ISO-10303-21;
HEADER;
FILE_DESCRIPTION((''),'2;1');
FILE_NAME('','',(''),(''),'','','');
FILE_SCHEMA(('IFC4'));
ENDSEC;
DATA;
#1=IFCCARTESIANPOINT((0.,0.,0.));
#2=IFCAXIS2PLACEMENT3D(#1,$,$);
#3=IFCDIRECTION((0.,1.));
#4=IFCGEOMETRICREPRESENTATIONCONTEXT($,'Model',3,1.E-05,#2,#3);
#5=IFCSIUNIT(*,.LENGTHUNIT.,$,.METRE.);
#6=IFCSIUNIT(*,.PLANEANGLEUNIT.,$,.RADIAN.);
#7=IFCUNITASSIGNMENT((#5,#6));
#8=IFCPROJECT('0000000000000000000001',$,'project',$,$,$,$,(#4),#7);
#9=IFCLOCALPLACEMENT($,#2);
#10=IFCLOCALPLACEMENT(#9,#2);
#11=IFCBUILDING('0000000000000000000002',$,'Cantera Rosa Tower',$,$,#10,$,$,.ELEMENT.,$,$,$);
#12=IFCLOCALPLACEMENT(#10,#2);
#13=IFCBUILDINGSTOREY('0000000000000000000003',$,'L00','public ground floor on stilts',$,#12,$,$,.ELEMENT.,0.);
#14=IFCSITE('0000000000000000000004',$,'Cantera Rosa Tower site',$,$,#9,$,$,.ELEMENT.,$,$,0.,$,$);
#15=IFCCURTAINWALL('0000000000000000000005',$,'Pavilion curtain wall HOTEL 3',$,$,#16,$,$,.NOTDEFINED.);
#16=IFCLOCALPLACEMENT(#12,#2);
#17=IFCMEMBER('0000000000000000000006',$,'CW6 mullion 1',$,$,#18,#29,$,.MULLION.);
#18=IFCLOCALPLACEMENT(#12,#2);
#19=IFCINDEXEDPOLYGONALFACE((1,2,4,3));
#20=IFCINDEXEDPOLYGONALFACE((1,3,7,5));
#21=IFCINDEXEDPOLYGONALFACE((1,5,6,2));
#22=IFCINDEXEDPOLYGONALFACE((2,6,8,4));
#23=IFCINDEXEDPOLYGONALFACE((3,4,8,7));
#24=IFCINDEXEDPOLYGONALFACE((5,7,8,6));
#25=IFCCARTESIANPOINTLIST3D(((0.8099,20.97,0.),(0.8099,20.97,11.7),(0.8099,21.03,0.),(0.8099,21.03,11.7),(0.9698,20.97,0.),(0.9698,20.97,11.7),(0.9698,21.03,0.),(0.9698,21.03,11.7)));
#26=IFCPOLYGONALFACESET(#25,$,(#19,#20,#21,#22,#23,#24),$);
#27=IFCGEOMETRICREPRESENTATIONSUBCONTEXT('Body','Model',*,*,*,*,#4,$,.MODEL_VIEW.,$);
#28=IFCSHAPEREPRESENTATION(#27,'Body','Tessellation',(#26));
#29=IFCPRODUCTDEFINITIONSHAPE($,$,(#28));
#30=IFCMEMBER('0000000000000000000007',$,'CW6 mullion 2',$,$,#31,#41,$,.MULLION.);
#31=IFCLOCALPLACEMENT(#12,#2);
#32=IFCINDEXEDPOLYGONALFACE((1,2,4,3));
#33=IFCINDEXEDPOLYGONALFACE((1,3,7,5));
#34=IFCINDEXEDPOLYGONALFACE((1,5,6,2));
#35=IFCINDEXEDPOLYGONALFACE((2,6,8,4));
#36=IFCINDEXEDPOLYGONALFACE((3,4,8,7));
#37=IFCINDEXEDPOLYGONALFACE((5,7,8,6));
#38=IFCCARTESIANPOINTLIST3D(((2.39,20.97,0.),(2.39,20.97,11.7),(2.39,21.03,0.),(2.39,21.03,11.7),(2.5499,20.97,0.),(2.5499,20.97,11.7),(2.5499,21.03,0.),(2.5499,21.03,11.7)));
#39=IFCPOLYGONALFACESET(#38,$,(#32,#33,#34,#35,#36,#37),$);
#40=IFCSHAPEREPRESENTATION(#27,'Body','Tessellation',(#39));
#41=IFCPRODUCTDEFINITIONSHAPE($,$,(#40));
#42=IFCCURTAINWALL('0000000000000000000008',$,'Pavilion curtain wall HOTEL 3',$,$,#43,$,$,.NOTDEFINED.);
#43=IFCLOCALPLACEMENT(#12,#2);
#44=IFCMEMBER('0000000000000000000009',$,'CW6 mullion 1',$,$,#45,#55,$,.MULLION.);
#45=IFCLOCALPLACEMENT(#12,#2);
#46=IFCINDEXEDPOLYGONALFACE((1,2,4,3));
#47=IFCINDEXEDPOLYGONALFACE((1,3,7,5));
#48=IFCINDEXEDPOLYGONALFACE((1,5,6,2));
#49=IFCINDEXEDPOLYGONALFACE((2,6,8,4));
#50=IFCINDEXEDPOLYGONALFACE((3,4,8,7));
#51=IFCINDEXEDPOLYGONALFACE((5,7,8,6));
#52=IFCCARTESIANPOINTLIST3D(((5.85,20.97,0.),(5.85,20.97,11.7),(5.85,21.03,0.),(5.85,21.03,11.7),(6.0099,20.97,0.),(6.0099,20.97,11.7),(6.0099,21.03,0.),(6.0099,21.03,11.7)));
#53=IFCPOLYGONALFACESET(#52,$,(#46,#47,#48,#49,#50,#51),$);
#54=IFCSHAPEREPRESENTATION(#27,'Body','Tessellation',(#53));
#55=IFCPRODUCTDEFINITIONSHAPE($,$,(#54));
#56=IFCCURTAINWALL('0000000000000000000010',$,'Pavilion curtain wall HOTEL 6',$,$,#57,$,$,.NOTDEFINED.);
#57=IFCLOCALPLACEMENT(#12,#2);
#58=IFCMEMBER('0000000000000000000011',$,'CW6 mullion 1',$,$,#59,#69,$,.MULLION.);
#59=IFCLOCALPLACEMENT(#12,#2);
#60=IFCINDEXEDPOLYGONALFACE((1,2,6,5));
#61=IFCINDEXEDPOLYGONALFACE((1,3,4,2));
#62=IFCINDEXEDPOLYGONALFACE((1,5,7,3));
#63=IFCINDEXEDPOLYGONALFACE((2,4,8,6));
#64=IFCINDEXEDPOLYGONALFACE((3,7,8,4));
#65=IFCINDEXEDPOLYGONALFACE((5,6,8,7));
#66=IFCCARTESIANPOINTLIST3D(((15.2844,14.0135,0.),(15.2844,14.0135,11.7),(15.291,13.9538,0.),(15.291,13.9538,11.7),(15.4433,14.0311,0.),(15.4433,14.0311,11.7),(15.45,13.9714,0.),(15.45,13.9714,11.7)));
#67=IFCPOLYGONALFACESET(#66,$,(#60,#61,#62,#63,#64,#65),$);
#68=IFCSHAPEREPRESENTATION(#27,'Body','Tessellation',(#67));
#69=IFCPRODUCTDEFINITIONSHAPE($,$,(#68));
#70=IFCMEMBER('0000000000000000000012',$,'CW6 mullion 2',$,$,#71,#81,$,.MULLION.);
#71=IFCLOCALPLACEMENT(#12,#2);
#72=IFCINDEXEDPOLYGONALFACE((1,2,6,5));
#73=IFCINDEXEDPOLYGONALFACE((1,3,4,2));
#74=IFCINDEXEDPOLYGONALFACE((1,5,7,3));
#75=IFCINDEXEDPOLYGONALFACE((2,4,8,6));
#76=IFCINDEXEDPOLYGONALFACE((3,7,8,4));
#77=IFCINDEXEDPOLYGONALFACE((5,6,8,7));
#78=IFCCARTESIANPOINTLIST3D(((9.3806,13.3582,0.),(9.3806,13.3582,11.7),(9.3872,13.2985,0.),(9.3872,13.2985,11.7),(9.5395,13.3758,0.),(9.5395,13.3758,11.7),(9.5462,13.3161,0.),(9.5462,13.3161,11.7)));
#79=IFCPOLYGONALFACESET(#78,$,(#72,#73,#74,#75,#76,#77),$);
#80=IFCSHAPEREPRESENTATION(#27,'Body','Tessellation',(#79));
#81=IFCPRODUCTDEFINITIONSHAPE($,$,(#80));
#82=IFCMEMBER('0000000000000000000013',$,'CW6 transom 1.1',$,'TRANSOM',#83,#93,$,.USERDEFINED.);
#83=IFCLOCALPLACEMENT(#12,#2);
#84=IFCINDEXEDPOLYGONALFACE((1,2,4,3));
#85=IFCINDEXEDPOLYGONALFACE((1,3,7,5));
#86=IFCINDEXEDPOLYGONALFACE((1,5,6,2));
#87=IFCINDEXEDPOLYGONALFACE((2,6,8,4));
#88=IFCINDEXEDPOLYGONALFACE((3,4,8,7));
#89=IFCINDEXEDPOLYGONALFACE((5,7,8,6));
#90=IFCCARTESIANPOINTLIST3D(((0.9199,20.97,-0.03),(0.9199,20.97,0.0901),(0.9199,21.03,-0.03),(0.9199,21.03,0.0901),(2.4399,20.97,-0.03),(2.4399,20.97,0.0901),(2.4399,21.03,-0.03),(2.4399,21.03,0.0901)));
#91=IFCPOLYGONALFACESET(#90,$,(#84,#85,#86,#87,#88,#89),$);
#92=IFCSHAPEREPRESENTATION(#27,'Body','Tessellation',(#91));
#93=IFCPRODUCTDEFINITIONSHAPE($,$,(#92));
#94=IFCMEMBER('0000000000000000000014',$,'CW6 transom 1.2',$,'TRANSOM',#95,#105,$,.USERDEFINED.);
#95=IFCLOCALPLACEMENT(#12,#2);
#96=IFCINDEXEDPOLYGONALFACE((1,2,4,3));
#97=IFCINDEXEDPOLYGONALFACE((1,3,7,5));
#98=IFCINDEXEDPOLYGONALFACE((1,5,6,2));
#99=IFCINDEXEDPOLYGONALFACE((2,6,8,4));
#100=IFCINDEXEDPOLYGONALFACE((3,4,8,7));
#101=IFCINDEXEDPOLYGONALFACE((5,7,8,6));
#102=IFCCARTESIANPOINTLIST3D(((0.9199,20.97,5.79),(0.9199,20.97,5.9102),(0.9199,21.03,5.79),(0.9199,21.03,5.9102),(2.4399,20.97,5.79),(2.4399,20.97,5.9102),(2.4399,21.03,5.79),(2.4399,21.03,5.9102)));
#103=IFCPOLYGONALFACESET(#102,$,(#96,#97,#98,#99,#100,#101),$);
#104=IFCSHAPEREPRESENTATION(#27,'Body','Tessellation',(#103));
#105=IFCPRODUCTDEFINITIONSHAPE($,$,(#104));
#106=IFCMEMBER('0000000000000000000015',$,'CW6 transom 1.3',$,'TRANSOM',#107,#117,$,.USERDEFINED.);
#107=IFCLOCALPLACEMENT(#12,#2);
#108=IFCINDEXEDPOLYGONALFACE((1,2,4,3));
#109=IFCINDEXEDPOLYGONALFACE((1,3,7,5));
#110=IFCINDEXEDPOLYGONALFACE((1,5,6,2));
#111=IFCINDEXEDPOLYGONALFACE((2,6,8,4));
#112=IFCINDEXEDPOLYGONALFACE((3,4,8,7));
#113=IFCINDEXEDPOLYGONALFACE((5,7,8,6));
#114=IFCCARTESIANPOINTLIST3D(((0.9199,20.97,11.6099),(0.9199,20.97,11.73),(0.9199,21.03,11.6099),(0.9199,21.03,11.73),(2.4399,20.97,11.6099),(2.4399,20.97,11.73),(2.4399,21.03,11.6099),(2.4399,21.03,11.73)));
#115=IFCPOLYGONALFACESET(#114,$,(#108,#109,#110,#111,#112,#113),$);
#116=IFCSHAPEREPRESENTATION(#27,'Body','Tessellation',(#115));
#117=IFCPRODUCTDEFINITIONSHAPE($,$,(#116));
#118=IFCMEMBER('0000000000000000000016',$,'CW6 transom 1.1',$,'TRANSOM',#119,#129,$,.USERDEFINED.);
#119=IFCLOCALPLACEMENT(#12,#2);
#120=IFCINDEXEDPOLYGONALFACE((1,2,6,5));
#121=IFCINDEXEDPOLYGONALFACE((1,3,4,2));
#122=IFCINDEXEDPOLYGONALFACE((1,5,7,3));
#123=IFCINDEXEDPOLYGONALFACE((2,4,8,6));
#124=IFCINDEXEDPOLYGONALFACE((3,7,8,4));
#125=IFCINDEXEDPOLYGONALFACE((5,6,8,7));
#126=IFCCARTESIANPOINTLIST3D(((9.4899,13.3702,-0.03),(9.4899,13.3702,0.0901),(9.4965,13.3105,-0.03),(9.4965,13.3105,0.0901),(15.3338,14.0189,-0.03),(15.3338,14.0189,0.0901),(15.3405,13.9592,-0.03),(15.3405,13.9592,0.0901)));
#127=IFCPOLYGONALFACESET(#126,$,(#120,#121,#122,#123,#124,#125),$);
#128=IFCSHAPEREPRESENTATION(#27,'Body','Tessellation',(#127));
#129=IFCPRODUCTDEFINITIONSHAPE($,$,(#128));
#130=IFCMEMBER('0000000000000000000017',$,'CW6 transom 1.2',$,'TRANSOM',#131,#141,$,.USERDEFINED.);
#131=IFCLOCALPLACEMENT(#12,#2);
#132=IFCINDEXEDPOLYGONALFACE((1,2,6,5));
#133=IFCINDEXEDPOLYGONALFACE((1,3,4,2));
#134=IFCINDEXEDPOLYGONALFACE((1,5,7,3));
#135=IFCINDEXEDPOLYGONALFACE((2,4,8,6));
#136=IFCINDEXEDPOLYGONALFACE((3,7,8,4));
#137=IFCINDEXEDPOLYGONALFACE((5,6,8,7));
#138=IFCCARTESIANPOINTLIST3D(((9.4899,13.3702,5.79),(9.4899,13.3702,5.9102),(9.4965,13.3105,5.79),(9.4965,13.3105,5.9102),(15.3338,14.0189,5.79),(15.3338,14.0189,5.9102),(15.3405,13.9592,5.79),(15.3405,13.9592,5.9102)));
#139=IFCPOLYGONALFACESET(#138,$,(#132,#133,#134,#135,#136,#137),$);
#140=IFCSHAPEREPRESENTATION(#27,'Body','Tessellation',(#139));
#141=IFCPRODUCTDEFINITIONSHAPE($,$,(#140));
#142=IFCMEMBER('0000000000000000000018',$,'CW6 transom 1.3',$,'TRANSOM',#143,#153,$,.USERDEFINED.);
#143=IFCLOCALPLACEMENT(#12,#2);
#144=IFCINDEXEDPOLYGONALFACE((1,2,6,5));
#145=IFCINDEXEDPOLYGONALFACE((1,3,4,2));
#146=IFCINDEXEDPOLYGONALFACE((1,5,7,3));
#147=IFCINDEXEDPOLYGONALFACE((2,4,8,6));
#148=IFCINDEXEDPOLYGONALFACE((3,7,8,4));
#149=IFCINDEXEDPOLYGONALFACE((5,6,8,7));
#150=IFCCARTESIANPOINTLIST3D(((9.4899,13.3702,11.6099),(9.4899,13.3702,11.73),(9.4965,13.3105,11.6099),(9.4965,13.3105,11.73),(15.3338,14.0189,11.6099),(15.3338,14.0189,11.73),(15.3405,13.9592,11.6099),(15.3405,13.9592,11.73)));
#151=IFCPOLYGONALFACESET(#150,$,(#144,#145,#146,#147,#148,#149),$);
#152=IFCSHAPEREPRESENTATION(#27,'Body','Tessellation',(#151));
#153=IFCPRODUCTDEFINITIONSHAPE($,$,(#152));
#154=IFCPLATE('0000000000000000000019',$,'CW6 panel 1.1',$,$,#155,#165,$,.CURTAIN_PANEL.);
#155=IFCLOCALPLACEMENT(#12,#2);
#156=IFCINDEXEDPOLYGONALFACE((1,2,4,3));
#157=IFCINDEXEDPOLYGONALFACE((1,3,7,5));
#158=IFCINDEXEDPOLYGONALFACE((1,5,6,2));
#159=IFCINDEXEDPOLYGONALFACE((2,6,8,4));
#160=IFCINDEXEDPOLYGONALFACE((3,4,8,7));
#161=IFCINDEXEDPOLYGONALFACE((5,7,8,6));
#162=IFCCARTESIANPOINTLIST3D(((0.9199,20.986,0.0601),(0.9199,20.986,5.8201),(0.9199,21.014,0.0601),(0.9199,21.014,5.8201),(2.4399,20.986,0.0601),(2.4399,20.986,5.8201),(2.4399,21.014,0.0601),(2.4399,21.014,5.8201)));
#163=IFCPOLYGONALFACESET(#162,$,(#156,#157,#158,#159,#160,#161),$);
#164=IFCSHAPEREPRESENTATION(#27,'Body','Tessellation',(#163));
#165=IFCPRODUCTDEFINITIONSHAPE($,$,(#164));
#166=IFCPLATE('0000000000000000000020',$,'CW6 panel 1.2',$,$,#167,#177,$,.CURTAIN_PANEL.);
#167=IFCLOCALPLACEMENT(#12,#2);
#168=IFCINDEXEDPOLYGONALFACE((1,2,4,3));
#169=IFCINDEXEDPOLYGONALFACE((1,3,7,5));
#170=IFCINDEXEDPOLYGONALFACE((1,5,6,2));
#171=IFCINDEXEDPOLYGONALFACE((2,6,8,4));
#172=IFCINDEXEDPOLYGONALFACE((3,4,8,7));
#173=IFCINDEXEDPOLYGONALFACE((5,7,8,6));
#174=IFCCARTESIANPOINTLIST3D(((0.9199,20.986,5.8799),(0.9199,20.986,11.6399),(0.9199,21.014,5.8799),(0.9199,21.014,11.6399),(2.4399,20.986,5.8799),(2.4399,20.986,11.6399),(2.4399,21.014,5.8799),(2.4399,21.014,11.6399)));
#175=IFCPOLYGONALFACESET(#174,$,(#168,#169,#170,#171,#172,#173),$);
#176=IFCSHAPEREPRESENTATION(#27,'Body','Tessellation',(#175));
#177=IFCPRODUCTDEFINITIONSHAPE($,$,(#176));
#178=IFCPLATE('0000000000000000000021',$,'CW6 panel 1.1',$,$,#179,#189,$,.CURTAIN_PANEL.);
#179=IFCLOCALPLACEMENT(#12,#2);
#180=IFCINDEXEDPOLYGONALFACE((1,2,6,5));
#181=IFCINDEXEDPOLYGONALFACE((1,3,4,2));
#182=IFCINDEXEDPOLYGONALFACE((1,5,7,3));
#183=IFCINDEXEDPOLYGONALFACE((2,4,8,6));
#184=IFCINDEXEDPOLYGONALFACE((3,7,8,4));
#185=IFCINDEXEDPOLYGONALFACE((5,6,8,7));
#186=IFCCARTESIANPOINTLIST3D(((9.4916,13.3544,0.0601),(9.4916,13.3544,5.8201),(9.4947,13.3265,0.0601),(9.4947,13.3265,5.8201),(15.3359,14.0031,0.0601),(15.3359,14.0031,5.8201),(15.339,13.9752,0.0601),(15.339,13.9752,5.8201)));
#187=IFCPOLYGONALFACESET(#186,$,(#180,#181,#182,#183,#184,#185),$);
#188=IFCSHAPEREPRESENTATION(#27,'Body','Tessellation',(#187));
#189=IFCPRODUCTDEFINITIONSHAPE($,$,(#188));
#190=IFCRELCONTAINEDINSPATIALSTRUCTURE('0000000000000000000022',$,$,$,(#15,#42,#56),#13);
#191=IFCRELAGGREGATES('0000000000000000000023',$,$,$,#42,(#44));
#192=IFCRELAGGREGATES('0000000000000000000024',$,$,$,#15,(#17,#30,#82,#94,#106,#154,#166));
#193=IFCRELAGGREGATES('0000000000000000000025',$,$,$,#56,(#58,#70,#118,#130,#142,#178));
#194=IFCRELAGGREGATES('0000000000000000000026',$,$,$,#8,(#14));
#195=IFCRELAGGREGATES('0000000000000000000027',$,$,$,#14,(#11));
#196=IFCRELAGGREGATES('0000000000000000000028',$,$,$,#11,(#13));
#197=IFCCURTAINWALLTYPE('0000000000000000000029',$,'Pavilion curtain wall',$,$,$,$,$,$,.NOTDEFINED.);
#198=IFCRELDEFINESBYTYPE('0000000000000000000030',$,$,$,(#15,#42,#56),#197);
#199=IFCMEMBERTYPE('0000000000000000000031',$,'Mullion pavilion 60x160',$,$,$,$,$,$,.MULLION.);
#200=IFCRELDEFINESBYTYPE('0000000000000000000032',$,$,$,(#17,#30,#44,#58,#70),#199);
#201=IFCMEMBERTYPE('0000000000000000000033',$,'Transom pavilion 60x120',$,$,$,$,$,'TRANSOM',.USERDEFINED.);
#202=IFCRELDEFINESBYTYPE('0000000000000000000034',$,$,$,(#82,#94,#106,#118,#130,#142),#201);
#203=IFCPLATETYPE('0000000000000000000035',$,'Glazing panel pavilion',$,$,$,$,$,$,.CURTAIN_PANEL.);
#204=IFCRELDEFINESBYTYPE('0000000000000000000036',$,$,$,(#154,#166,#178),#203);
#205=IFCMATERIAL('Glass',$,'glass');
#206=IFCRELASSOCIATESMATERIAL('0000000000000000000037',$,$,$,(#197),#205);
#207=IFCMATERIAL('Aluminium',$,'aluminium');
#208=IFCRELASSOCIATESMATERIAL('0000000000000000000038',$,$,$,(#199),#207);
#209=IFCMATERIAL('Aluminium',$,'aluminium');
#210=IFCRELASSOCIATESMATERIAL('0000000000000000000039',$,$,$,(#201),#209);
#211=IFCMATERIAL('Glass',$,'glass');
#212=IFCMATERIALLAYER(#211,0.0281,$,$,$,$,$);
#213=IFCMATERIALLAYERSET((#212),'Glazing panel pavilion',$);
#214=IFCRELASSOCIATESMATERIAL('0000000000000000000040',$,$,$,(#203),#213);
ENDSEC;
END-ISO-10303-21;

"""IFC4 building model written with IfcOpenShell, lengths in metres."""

from ifc_helpers import new_model, si_unit, direction, frame, origin, origin_2d, place, context, subcontext, project, spatial, rectangle, extrude, material, layer, layer_set, material_profile, profile_set, type_object, element, aggregate, save


model = new_model("IFC4")

# Units and contexts
model_context = context("Model", 3, precision=1e-05, world=origin(), true_north=direction((0.0, 1.0)))
body_context = subcontext(model_context, "Body", "Model", "MODEL_VIEW")
ifc_project = project(units=[si_unit("LENGTHUNIT", "METRE"), si_unit("PLANEANGLEUNIT", "RADIAN")], contexts=[model_context])

# Site, building, storey
site_placement = place(None, origin())
site = spatial("IfcSite", under=ifc_project, at=site_placement, Name="Cantera Rosa Tower site", CompositionType="ELEMENT", RefElevation=0.0)
building_placement = place(site_placement, origin())
building = spatial("IfcBuilding", under=site, at=building_placement, Name="Cantera Rosa Tower", CompositionType="ELEMENT")
storey_placement = place(building_placement, origin())
storey = spatial("IfcBuildingStorey", under=building, at=storey_placement, Name="L00", Description="public ground floor on stilts", CompositionType="ELEMENT", Elevation=0.0)

# Curtain wall, members
ifc_material_1 = material(Name="Glass", Category="glass")
curtain_wall_type = type_object("IfcCurtainWallType", Name="Pavilion curtain wall", PredefinedType="NOTDEFINED", material=ifc_material_1)
curtain_wall_1_placement = place(storey_placement, origin())
curtain_wall_1 = element("IfcCurtainWall", 1, at=curtain_wall_1_placement, inside=storey, type_object=curtain_wall_type, Name="Pavilion curtain wall HOTEL 3", PredefinedType="NOTDEFINED")
ifc_material_2 = material(Name="Aluminium", Category="aluminium")
ifc_material_profile_1 = material_profile(ifc_material_2, rectangle(XDim=0.0601, YDim=0.1599, at=origin_2d()), Name="Mullion pavilion 60x160")
ifc_profile_set_1 = profile_set([ifc_material_profile_1], Name="Aluminium")
member_type_1 = type_object("IfcMemberType", Name="Mullion pavilion 60x160", PredefinedType="MULLION", material=ifc_profile_set_1)
member_1_placement = place(storey_placement, frame((0.8899, 21.0, 0.0), z_axis=(0.0, 0.0, 1.0), x_axis=(0.0, 1.0, 0.0)))
member_1 = element("IfcMember", 2, at=member_1_placement, type_object=member_type_1, Name="CW6 mullion 1", PredefinedType="MULLION", context=body_context, shape_type="SweptSolid", body=[
    extrude(rectangle(XDim=0.0601, YDim=0.1599, at=origin_2d()), origin(), (0.0, 0.0, 1.0), 11.7),
])
member_2_placement = place(storey_placement, frame((2.47, 21.0, 0.0), z_axis=(0.0, 0.0, 1.0), x_axis=(0.0, 1.0, 0.0)))
member_2 = element("IfcMember", 3, at=member_2_placement, type_object=member_type_1, Name="CW6 mullion 2", PredefinedType="MULLION", context=body_context, shape_type="SweptSolid", body=[
    extrude(rectangle(XDim=0.0601, YDim=0.1599, at=origin_2d()), origin(), (0.0, 0.0, 1.0), 11.7),
])

# Curtain wall, member
curtain_wall_2_placement = place(storey_placement, origin())
curtain_wall_2 = element("IfcCurtainWall", 4, at=curtain_wall_2_placement, inside=storey, type_object=curtain_wall_type, Name="Pavilion curtain wall HOTEL 3", PredefinedType="NOTDEFINED")
member_3_placement = place(storey_placement, frame((5.9299, 21.0, 0.0), z_axis=(0.0, 0.0, 1.0), x_axis=(0.0, 1.0, 0.0)))
member_3 = element("IfcMember", 5, at=member_3_placement, type_object=member_type_1, Name="CW6 mullion 1", PredefinedType="MULLION", context=body_context, shape_type="SweptSolid", body=[
    extrude(rectangle(XDim=0.0601, YDim=0.1599, at=origin_2d()), origin(), (0.0, 0.0, 1.0), 11.7),
])
aggregate(curtain_wall_2, [member_3])

# Curtain wall, members
curtain_wall_3_placement = place(storey_placement, origin())
curtain_wall_3 = element("IfcCurtainWall", 6, at=curtain_wall_3_placement, inside=storey, type_object=curtain_wall_type, Name="Pavilion curtain wall HOTEL 6", PredefinedType="NOTDEFINED")
member_4_placement = place(storey_placement, frame((15.3672, 13.9924, 0.0), z_axis=(0.0, 0.0, 1.0), x_axis=(0.110316, -0.993897, 0.0)))
member_4 = element("IfcMember", 7, at=member_4_placement, type_object=member_type_1, Name="CW6 mullion 1", PredefinedType="MULLION", context=body_context, shape_type="SweptSolid", body=[
    extrude(rectangle(XDim=0.0601, YDim=0.1599, at=origin_2d()), origin(), (0.0, 0.0, 1.0), 11.7),
])
member_5_placement = place(storey_placement, frame((9.4634, 13.3372, 0.0), z_axis=(0.0, 0.0, 1.0), x_axis=(0.110316, -0.993897, 0.0)))
member_5 = element("IfcMember", 8, at=member_5_placement, type_object=member_type_1, Name="CW6 mullion 2", PredefinedType="MULLION", context=body_context, shape_type="SweptSolid", body=[
    extrude(rectangle(XDim=0.0601, YDim=0.1599, at=origin_2d()), origin(), (0.0, 0.0, 1.0), 11.7),
])

# Members
ifc_material_3 = material(Name="Aluminium", Category="aluminium")
ifc_material_profile_2 = material_profile(ifc_material_3, rectangle(XDim=0.0601, YDim=0.1201, at=origin_2d()), Name="Transom pavilion 60x120")
ifc_profile_set_2 = profile_set([ifc_material_profile_2], Name="Aluminium")
member_type_2 = type_object("IfcMemberType", Name="Transom pavilion 60x120", ElementType="TRANSOM", PredefinedType="USERDEFINED", material=ifc_profile_set_2)
member_6_placement = place(storey_placement, frame((0.9199, 21.0, 0.03), z_axis=(1.0, 0.0, 0.0), x_axis=(0.0, 1.0, 0.0)))
member_6 = element("IfcMember", 9, at=member_6_placement, type_object=member_type_2, Name="CW6 transom 1.1", ObjectType="TRANSOM", PredefinedType="USERDEFINED", context=body_context, shape_type="SweptSolid", body=[
    extrude(rectangle(XDim=0.0601, YDim=0.1201, at=origin_2d()), origin(), (0.0, 0.0, 1.0), 1.52),
])
member_7_placement = place(storey_placement, frame((0.9199, 21.0, 5.8501), z_axis=(1.0, 0.0, 0.0), x_axis=(0.0, 1.0, 0.0)))
member_7 = element("IfcMember", 10, at=member_7_placement, type_object=member_type_2, Name="CW6 transom 1.2", ObjectType="TRANSOM", PredefinedType="USERDEFINED", context=body_context, shape_type="SweptSolid", body=[
    extrude(rectangle(XDim=0.0601, YDim=0.1201, at=origin_2d()), origin(), (0.0, 0.0, 1.0), 1.52),
])
member_8_placement = place(storey_placement, frame((0.9199, 21.0, 11.6699), z_axis=(1.0, 0.0, 0.0), x_axis=(0.0, 1.0, 0.0)))
member_8 = element("IfcMember", 11, at=member_8_placement, type_object=member_type_2, Name="CW6 transom 1.3", ObjectType="TRANSOM", PredefinedType="USERDEFINED", context=body_context, shape_type="SweptSolid", body=[
    extrude(rectangle(XDim=0.0601, YDim=0.1201, at=origin_2d()), origin(), (0.0, 0.0, 1.0), 1.52),
])
member_9_placement = place(storey_placement, frame((15.3372, 13.989, 0.03), z_axis=(-0.993896, -0.110322, 0.0), x_axis=(0.110322, -0.993896, 0.0)))
member_9 = element("IfcMember", 12, at=member_9_placement, type_object=member_type_2, Name="CW6 transom 1.1", ObjectType="TRANSOM", PredefinedType="USERDEFINED", context=body_context, shape_type="SweptSolid", body=[
    extrude(rectangle(XDim=0.0601, YDim=0.1201, at=origin_2d()), origin(), (0.0, 0.0, 1.0), 5.8799),
])
member_10_placement = place(storey_placement, frame((15.3372, 13.989, 5.8501), z_axis=(-0.993896, -0.110322, 0.0), x_axis=(0.110322, -0.993896, 0.0)))
member_10 = element("IfcMember", 13, at=member_10_placement, type_object=member_type_2, Name="CW6 transom 1.2", ObjectType="TRANSOM", PredefinedType="USERDEFINED", context=body_context, shape_type="SweptSolid", body=[
    extrude(rectangle(XDim=0.0601, YDim=0.1201, at=origin_2d()), origin(), (0.0, 0.0, 1.0), 5.8799),
])
member_11_placement = place(storey_placement, frame((15.3372, 13.989, 11.6699), z_axis=(-0.993896, -0.110322, 0.0), x_axis=(0.110322, -0.993896, 0.0)))
member_11 = element("IfcMember", 14, at=member_11_placement, type_object=member_type_2, Name="CW6 transom 1.3", ObjectType="TRANSOM", PredefinedType="USERDEFINED", context=body_context, shape_type="SweptSolid", body=[
    extrude(rectangle(XDim=0.0601, YDim=0.1201, at=origin_2d()), origin(), (0.0, 0.0, 1.0), 5.8799),
])

# Plates
ifc_material_4 = material(Name="Glass", Category="glass")
ifc_layer_1 = layer(ifc_material_4, 0.0281)
ifc_layer_set_1 = layer_set([ifc_layer_1], Name="Glazing panel pavilion")
plate_type = type_object("IfcPlateType", Name="Glazing panel pavilion", PredefinedType="CURTAIN_PANEL", material=ifc_layer_set_1)
plate_1_placement = place(storey_placement, frame((1.6799, 21.0, 0.0601), z_axis=(0.0, 0.0, 1.0), x_axis=(1.0, 0.0, 0.0)))
plate_1 = element("IfcPlate", 15, at=plate_1_placement, type_object=plate_type, Name="CW6 panel 1.1", PredefinedType="CURTAIN_PANEL", context=body_context, shape_type="SweptSolid", body=[
    extrude(rectangle(XDim=1.52, YDim=0.0281, at=origin_2d()), origin(), (0.0, 0.0, 1.0), 5.76),
])
plate_2_placement = place(storey_placement, frame((1.6799, 21.0, 5.8799), z_axis=(0.0, 0.0, 1.0), x_axis=(1.0, 0.0, 0.0)))
plate_2 = element("IfcPlate", 16, at=plate_2_placement, type_object=plate_type, Name="CW6 panel 1.2", PredefinedType="CURTAIN_PANEL", context=body_context, shape_type="SweptSolid", body=[
    extrude(rectangle(XDim=1.52, YDim=0.0281, at=origin_2d()), origin(), (0.0, 0.0, 1.0), 5.76),
])
aggregate(curtain_wall_1, [member_1, member_2, member_6, member_7, member_8, plate_1, plate_2])
plate_3_placement = place(storey_placement, frame((12.4153, 13.6648, 0.0601), z_axis=(0.0, 0.0, 1.0), x_axis=(-0.993897, -0.110316, 0.0)))
plate_3 = element("IfcPlate", 17, at=plate_3_placement, type_object=plate_type, Name="CW6 panel 1.1", PredefinedType="CURTAIN_PANEL", context=body_context, shape_type="SweptSolid", body=[
    extrude(rectangle(XDim=5.8801, YDim=0.0281, at=origin_2d()), origin(), (0.0, 0.0, 1.0), 5.76),
])
aggregate(curtain_wall_3, [member_4, member_5, member_9, member_10, member_11, plate_3])

save(model, "model.ifc")
